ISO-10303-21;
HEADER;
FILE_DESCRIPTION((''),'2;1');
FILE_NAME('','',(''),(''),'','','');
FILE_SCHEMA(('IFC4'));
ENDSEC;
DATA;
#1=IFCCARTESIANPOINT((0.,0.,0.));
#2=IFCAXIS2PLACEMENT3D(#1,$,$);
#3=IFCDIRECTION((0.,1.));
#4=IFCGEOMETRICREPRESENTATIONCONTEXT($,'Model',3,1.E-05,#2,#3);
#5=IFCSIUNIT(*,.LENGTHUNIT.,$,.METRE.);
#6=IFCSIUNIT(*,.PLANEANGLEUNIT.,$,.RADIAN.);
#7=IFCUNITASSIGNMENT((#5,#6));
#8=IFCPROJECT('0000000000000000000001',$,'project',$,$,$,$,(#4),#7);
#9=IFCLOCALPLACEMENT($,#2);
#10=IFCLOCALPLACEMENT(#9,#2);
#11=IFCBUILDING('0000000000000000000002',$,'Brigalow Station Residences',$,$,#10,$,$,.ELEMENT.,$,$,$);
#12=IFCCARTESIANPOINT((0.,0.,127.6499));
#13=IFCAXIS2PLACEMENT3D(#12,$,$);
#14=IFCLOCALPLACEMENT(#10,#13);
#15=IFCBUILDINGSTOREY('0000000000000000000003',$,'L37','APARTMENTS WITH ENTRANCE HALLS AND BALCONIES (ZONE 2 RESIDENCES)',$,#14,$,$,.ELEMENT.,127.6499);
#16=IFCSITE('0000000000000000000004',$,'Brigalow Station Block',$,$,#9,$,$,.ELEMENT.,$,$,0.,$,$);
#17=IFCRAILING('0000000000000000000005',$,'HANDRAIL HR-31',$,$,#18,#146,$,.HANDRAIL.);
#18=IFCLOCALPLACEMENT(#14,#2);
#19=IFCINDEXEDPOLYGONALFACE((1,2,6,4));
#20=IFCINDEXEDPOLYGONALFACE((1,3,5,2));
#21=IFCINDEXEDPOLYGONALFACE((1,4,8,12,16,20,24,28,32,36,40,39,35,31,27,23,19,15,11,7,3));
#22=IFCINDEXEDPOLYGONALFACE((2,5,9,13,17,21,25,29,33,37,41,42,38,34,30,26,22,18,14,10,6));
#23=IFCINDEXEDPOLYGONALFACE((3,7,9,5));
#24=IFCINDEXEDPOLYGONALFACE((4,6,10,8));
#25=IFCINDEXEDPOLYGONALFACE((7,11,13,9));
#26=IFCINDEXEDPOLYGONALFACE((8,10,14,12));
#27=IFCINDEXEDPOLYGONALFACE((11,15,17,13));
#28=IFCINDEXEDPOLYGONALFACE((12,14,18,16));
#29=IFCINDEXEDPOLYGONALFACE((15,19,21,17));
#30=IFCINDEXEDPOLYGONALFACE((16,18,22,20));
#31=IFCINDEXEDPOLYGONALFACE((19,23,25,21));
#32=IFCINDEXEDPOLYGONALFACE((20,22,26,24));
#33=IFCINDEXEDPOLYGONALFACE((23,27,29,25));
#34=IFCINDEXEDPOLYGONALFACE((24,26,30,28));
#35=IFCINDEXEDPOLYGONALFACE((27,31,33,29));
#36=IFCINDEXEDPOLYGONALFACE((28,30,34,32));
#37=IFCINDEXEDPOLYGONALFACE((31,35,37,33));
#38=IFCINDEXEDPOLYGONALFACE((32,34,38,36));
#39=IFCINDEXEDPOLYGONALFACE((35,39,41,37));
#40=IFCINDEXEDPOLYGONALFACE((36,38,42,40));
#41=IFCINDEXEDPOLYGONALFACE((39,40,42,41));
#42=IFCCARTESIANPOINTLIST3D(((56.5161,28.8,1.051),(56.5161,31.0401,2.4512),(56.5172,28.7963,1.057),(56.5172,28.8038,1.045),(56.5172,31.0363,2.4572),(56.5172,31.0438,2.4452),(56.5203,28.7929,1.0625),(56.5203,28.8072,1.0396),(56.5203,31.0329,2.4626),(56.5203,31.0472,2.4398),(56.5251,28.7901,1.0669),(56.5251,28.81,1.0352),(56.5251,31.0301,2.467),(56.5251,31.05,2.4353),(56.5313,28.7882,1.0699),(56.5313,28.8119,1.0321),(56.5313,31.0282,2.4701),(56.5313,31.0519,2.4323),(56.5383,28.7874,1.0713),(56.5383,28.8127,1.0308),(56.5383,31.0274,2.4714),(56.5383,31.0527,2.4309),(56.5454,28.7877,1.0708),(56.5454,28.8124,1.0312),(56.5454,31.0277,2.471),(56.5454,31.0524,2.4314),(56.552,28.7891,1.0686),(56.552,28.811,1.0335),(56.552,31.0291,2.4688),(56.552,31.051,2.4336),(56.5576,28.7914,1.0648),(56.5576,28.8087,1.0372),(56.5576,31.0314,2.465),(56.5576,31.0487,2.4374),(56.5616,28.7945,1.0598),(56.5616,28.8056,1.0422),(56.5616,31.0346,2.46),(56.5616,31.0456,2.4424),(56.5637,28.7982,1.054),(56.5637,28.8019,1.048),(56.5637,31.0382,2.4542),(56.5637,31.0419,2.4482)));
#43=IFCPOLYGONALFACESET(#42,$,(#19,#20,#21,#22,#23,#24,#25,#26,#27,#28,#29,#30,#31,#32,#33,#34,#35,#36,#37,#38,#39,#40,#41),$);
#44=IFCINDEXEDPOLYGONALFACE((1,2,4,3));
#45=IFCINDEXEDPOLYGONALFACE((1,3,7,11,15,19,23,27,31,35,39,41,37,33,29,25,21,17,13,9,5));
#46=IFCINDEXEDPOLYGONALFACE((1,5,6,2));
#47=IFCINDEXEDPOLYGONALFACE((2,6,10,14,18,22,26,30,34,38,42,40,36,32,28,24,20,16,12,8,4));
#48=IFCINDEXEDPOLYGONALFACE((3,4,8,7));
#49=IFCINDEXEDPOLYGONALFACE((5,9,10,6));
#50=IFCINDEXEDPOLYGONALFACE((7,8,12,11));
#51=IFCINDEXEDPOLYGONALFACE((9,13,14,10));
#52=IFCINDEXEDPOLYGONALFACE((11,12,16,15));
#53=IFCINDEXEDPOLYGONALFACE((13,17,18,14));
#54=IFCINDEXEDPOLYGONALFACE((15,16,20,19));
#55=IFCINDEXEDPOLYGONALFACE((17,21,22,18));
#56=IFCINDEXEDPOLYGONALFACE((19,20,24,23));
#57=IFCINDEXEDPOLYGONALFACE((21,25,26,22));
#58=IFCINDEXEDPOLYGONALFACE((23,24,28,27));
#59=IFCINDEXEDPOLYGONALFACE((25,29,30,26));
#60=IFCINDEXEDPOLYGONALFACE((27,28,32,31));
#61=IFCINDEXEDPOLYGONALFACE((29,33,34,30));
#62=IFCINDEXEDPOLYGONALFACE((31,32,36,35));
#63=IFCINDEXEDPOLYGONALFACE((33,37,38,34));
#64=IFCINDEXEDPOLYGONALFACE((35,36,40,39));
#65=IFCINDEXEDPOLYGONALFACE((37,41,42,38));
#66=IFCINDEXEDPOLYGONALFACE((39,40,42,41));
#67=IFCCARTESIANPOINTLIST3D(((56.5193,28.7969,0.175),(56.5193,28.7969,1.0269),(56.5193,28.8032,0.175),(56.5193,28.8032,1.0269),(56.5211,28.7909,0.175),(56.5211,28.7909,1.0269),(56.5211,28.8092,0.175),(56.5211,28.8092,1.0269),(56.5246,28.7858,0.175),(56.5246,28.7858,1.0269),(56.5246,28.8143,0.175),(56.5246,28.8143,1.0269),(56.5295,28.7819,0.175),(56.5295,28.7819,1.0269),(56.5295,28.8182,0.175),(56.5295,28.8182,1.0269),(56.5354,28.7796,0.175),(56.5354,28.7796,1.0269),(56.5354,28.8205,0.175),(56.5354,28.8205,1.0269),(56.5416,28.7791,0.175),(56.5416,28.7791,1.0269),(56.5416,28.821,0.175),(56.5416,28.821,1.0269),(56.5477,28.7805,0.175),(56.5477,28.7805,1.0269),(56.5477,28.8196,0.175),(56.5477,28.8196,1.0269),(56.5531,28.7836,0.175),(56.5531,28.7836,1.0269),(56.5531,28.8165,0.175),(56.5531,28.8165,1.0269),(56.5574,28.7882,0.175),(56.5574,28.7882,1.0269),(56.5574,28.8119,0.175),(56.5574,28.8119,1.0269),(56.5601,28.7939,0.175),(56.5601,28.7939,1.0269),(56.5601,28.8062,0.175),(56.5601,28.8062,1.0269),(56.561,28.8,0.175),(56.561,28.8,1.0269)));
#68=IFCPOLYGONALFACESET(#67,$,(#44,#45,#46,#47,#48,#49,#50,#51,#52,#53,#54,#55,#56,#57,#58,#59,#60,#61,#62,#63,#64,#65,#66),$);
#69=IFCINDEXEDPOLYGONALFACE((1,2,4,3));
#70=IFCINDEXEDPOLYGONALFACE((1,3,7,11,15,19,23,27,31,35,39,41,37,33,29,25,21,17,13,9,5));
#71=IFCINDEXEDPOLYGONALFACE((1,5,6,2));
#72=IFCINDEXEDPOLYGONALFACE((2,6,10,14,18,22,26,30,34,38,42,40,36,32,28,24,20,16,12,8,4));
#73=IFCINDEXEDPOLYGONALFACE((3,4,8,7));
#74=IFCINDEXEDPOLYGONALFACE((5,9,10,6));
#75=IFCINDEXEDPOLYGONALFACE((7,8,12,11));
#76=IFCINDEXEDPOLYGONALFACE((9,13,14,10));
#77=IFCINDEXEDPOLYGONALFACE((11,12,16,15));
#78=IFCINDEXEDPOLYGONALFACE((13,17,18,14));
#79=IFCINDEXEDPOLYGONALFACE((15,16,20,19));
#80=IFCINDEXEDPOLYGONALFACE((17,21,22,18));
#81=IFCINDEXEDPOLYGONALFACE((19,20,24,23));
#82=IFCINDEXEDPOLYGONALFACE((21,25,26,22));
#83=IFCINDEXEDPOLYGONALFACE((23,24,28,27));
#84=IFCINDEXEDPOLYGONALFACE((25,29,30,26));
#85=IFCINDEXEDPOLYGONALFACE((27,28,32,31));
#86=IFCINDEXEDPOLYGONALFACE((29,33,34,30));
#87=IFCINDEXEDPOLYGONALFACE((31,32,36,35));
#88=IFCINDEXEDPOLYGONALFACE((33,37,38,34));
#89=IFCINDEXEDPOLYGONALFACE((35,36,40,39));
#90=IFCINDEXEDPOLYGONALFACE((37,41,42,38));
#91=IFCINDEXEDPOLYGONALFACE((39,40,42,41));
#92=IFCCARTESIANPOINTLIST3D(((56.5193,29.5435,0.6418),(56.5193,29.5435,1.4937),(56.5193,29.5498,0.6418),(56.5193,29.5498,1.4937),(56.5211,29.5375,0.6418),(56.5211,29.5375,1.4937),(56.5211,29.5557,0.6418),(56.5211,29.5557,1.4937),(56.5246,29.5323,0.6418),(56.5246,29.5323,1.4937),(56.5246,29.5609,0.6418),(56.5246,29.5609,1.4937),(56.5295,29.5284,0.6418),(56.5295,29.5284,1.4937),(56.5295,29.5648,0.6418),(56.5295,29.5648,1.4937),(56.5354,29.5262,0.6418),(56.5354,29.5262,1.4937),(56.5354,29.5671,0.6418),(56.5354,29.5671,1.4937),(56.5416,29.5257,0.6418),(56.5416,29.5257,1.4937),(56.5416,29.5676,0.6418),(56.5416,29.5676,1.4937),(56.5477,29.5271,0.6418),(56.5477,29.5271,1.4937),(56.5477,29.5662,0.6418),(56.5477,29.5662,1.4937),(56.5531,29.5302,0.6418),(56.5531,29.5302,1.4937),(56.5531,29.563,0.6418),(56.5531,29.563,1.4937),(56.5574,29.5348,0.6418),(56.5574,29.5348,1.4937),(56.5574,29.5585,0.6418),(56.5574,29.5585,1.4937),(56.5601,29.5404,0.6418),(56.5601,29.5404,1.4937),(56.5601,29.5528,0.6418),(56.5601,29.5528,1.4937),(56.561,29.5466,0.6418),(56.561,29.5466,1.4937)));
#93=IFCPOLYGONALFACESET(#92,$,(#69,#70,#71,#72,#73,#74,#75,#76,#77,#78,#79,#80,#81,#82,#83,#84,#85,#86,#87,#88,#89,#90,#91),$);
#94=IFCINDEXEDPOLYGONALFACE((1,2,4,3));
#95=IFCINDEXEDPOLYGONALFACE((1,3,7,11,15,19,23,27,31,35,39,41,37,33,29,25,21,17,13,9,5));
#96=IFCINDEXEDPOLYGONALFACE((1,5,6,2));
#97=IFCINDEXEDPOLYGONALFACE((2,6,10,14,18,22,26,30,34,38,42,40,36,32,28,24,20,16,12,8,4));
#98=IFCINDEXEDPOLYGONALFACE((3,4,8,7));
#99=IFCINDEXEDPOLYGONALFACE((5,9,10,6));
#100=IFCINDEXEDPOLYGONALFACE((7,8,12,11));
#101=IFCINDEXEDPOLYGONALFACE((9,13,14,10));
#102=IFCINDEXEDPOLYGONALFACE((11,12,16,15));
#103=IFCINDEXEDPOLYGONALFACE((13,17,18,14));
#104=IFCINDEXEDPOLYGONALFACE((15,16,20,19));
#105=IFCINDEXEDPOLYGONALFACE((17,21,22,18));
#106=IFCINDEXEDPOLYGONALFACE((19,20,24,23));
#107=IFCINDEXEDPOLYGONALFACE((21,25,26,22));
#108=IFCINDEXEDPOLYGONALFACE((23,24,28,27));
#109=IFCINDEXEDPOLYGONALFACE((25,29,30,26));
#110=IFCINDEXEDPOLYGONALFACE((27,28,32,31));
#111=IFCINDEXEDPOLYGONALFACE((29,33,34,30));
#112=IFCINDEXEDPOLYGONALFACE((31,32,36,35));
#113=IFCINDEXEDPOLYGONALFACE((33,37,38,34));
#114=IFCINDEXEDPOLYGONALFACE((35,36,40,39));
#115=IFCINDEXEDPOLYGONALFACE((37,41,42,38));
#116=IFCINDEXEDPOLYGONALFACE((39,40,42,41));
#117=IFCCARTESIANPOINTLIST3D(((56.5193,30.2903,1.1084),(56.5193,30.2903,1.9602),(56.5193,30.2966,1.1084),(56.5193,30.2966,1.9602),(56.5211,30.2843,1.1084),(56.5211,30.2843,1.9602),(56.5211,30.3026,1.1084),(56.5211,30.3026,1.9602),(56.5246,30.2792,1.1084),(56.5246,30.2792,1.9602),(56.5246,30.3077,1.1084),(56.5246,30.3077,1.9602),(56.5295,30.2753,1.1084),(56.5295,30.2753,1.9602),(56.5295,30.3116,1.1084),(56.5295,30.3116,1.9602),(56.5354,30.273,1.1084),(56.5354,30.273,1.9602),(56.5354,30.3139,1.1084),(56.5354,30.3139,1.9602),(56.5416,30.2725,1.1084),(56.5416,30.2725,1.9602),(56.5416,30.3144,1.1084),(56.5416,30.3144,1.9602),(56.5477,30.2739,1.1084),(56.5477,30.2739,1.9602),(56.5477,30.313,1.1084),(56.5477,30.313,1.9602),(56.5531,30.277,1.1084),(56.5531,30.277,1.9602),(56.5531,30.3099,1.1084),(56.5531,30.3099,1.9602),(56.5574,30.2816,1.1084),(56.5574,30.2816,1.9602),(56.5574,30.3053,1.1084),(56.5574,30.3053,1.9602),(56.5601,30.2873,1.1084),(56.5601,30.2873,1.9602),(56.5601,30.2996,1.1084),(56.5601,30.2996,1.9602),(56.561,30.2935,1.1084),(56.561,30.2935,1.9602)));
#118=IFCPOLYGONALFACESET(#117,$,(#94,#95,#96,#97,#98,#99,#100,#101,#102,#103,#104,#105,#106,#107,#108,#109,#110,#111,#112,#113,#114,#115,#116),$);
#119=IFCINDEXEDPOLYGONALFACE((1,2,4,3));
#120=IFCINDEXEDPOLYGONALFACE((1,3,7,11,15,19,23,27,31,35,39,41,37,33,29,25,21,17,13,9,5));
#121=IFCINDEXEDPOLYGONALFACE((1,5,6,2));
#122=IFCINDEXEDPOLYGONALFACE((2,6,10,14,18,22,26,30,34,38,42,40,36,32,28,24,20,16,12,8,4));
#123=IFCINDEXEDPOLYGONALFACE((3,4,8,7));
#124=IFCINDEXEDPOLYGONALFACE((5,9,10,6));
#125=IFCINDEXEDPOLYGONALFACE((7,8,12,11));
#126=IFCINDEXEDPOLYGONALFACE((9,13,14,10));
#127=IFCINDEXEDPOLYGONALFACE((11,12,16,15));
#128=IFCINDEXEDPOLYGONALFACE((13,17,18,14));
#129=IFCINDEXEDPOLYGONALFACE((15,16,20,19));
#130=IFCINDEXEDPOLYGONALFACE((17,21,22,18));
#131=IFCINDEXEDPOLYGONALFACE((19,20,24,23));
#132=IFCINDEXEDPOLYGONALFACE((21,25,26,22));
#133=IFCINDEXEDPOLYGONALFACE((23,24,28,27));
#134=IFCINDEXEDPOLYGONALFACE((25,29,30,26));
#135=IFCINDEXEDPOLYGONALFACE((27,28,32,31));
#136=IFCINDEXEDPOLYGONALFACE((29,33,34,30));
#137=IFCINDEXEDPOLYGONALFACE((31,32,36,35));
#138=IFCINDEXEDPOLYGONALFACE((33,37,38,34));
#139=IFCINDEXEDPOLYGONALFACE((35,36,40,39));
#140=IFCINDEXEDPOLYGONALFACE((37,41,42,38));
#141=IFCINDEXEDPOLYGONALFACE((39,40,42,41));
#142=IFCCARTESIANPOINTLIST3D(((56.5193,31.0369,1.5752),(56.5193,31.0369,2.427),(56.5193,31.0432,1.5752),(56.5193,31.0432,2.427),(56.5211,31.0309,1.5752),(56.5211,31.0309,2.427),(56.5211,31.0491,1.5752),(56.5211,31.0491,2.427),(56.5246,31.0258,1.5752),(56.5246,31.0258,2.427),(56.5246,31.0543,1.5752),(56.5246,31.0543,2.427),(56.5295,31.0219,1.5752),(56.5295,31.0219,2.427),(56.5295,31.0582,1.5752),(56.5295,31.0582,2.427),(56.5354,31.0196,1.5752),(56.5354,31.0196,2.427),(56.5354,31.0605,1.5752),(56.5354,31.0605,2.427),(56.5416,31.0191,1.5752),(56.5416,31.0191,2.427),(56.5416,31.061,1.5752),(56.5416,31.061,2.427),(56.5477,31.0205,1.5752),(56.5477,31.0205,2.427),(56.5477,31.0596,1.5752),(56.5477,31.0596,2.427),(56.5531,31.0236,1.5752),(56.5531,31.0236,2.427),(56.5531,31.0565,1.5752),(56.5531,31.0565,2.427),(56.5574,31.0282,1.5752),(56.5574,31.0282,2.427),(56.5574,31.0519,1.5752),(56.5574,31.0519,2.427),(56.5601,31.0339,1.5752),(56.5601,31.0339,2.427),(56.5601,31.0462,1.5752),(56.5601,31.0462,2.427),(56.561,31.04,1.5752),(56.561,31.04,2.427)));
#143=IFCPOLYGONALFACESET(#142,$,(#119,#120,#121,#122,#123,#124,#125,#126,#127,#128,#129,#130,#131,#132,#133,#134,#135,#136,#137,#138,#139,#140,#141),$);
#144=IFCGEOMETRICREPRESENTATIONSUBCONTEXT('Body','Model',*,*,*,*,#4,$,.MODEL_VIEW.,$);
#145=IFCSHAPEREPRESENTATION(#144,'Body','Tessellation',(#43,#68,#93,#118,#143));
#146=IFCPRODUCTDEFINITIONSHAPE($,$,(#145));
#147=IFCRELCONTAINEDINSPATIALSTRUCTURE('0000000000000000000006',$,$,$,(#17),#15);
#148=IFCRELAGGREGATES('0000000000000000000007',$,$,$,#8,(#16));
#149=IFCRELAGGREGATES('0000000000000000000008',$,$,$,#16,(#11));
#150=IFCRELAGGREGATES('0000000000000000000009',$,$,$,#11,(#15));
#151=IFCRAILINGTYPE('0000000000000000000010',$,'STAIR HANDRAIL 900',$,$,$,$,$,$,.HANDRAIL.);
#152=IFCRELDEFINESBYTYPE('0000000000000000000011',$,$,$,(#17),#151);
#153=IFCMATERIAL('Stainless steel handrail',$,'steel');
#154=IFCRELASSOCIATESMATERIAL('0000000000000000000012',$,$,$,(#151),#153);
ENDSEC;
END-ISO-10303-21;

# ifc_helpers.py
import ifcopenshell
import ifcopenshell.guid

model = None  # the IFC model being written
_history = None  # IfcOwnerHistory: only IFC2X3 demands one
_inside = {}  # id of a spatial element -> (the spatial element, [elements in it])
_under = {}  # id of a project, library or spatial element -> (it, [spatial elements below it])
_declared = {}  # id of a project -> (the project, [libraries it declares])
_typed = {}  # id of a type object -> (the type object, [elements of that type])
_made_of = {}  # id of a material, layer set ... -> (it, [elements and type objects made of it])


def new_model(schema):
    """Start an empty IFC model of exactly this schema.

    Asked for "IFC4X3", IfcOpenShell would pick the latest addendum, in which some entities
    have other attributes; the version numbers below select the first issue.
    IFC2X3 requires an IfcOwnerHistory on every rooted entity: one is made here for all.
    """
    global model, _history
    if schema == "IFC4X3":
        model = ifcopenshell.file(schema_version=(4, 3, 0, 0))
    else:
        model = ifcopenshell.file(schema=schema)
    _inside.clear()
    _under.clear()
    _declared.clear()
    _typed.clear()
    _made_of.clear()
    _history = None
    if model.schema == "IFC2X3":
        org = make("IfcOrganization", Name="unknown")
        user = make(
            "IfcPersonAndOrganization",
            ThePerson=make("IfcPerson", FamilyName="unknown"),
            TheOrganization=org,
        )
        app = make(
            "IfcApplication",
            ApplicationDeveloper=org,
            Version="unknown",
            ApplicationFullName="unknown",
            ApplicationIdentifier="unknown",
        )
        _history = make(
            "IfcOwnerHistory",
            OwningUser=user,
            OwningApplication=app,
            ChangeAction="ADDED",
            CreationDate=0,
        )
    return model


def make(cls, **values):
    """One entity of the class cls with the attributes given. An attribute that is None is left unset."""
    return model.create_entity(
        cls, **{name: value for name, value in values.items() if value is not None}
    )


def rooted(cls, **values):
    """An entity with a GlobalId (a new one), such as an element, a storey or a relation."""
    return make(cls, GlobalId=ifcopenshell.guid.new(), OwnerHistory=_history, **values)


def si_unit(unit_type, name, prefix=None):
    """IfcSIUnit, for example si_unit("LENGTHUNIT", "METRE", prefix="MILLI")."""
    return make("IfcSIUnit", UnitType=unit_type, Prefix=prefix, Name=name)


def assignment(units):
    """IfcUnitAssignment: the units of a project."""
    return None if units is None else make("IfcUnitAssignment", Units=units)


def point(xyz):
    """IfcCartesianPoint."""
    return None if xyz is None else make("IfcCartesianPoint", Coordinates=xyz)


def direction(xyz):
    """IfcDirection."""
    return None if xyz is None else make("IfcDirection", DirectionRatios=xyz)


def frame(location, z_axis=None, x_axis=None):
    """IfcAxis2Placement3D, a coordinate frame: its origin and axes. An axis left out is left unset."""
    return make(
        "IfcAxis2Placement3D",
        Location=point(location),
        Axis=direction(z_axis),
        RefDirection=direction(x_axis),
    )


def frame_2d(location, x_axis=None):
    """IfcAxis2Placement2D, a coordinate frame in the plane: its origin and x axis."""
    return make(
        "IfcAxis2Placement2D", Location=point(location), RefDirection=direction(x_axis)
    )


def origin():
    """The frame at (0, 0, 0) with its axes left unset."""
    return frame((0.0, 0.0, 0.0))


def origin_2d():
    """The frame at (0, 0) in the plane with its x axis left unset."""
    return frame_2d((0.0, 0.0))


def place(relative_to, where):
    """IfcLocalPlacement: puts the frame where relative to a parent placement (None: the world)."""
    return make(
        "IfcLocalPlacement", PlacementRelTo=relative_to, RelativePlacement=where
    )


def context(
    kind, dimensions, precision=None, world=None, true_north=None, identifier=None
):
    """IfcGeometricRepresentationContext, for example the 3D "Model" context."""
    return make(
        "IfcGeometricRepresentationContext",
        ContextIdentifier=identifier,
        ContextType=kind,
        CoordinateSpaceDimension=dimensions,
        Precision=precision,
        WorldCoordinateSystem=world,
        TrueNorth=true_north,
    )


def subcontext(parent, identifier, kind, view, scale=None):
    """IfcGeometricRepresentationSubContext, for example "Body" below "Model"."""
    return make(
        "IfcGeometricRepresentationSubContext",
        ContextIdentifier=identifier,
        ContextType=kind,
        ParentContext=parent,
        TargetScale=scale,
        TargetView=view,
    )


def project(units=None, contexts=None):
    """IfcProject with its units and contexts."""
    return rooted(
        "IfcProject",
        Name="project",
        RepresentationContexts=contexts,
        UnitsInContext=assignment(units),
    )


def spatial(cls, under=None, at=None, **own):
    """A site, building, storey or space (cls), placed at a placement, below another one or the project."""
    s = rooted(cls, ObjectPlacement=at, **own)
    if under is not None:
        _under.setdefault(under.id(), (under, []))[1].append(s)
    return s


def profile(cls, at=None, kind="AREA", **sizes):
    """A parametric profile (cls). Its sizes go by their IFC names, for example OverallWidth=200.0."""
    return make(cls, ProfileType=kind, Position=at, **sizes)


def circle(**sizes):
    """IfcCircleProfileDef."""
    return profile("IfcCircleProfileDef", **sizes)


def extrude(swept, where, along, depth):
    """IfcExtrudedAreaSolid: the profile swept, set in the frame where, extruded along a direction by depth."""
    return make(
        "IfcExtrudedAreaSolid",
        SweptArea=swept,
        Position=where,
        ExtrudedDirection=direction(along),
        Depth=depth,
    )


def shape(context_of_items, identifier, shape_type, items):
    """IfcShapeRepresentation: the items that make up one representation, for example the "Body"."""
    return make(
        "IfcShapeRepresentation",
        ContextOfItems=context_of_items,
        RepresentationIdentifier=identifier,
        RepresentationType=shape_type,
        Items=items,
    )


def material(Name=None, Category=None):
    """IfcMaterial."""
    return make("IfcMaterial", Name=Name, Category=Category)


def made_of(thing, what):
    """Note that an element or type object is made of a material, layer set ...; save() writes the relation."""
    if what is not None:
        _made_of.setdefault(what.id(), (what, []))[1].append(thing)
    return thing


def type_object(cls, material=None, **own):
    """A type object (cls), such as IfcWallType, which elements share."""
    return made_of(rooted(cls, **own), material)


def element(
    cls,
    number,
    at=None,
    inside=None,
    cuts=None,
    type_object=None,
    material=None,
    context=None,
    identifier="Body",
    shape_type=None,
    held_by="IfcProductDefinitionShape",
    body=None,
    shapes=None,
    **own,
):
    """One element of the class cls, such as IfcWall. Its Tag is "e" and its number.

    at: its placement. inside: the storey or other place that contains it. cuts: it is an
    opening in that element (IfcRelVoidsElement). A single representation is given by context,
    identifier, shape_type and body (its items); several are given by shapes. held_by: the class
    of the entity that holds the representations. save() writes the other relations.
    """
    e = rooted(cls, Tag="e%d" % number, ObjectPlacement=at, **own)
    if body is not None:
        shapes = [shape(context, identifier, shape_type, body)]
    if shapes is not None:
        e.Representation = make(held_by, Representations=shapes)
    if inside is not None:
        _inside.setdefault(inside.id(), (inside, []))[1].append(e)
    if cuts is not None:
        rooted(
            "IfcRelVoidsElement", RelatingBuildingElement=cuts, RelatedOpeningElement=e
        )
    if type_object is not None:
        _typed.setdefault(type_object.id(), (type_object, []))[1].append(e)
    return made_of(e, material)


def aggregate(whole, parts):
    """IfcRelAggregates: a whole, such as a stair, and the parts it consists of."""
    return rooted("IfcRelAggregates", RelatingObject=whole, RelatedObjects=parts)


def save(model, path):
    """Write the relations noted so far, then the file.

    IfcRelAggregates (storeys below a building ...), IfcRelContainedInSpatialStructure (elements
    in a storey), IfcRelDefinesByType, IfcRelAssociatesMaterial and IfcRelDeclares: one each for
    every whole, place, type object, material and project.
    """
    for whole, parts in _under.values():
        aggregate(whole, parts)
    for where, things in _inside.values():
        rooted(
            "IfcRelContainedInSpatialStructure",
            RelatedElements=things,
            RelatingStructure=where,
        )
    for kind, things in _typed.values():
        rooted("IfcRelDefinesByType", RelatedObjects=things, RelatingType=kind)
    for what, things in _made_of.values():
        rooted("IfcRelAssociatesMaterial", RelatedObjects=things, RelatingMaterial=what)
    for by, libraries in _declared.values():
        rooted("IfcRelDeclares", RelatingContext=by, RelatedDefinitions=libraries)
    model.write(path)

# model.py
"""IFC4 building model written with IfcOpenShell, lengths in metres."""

from ifc_helpers import new_model, si_unit, direction, frame, origin, origin_2d, place, context, subcontext, project, spatial, circle, extrude, material, type_object, element, save


model = new_model("IFC4")

# Units and contexts
model_context = context("Model", 3, precision=1e-05, world=origin(), true_north=direction((0.0, 1.0)))
body_context = subcontext(model_context, "Body", "Model", "MODEL_VIEW")
ifc_project = project(units=[si_unit("LENGTHUNIT", "METRE"), si_unit("PLANEANGLEUNIT", "RADIAN")], contexts=[model_context])

# Site, building, storey
site_placement = place(None, origin())
site = spatial("IfcSite", under=ifc_project, at=site_placement, Name="Brigalow Station Block", CompositionType="ELEMENT", RefElevation=0.0)
building_placement = place(site_placement, origin())
building = spatial("IfcBuilding", under=site, at=building_placement, Name="Brigalow Station Residences", CompositionType="ELEMENT")
storey_placement = place(building_placement, frame((0.0, 0.0, 127.6499)))
storey = spatial("IfcBuildingStorey", under=building, at=storey_placement, Name="L37", Description="APARTMENTS WITH ENTRANCE HALLS AND BALCONIES (ZONE 2 RESIDENCES)", CompositionType="ELEMENT", Elevation=127.6499)

# Railing
ifc_material_1 = material(Name="Stainless steel handrail", Category="steel")
railing_type_1 = type_object("IfcRailingType", Name="STAIR HANDRAIL 900", PredefinedType="HANDRAIL", material=ifc_material_1)
railing_1_placement = place(storey_placement, frame((56.54, 28.8, 0.175)))
element("IfcRailing", 1, at=railing_1_placement, inside=storey, type_object=railing_type_1, Name="HANDRAIL HR-31", PredefinedType="HANDRAIL", context=body_context, shape_type="SweptSolid", body=[
    extrude(circle(Radius=0.0239, at=origin_2d()), frame((0.0, 0.0, 0.876), z_axis=(0.0, 0.847972, 0.53004), x_axis=(-1.0, 0.0, 0.0)), (0.0, 0.0, 1.0), 2.6416),
    extrude(circle(Radius=0.021, at=origin_2d()), origin(), (0.0, 0.0, 1.0), 0.8518),
    extrude(circle(Radius=0.021, at=origin_2d()), frame((0.0, 0.7466, 0.4668)), (0.0, 0.0, 1.0), 0.8518),
    extrude(circle(Radius=0.021, at=origin_2d()), frame((0.0, 1.4934, 0.9333)), (0.0, 0.0, 1.0), 0.8518),
    extrude(circle(Radius=0.021, at=origin_2d()), frame((0.0, 2.24, 1.4001)), (0.0, 0.0, 1.0), 0.8518),
])

save(model, "model.ifc")
